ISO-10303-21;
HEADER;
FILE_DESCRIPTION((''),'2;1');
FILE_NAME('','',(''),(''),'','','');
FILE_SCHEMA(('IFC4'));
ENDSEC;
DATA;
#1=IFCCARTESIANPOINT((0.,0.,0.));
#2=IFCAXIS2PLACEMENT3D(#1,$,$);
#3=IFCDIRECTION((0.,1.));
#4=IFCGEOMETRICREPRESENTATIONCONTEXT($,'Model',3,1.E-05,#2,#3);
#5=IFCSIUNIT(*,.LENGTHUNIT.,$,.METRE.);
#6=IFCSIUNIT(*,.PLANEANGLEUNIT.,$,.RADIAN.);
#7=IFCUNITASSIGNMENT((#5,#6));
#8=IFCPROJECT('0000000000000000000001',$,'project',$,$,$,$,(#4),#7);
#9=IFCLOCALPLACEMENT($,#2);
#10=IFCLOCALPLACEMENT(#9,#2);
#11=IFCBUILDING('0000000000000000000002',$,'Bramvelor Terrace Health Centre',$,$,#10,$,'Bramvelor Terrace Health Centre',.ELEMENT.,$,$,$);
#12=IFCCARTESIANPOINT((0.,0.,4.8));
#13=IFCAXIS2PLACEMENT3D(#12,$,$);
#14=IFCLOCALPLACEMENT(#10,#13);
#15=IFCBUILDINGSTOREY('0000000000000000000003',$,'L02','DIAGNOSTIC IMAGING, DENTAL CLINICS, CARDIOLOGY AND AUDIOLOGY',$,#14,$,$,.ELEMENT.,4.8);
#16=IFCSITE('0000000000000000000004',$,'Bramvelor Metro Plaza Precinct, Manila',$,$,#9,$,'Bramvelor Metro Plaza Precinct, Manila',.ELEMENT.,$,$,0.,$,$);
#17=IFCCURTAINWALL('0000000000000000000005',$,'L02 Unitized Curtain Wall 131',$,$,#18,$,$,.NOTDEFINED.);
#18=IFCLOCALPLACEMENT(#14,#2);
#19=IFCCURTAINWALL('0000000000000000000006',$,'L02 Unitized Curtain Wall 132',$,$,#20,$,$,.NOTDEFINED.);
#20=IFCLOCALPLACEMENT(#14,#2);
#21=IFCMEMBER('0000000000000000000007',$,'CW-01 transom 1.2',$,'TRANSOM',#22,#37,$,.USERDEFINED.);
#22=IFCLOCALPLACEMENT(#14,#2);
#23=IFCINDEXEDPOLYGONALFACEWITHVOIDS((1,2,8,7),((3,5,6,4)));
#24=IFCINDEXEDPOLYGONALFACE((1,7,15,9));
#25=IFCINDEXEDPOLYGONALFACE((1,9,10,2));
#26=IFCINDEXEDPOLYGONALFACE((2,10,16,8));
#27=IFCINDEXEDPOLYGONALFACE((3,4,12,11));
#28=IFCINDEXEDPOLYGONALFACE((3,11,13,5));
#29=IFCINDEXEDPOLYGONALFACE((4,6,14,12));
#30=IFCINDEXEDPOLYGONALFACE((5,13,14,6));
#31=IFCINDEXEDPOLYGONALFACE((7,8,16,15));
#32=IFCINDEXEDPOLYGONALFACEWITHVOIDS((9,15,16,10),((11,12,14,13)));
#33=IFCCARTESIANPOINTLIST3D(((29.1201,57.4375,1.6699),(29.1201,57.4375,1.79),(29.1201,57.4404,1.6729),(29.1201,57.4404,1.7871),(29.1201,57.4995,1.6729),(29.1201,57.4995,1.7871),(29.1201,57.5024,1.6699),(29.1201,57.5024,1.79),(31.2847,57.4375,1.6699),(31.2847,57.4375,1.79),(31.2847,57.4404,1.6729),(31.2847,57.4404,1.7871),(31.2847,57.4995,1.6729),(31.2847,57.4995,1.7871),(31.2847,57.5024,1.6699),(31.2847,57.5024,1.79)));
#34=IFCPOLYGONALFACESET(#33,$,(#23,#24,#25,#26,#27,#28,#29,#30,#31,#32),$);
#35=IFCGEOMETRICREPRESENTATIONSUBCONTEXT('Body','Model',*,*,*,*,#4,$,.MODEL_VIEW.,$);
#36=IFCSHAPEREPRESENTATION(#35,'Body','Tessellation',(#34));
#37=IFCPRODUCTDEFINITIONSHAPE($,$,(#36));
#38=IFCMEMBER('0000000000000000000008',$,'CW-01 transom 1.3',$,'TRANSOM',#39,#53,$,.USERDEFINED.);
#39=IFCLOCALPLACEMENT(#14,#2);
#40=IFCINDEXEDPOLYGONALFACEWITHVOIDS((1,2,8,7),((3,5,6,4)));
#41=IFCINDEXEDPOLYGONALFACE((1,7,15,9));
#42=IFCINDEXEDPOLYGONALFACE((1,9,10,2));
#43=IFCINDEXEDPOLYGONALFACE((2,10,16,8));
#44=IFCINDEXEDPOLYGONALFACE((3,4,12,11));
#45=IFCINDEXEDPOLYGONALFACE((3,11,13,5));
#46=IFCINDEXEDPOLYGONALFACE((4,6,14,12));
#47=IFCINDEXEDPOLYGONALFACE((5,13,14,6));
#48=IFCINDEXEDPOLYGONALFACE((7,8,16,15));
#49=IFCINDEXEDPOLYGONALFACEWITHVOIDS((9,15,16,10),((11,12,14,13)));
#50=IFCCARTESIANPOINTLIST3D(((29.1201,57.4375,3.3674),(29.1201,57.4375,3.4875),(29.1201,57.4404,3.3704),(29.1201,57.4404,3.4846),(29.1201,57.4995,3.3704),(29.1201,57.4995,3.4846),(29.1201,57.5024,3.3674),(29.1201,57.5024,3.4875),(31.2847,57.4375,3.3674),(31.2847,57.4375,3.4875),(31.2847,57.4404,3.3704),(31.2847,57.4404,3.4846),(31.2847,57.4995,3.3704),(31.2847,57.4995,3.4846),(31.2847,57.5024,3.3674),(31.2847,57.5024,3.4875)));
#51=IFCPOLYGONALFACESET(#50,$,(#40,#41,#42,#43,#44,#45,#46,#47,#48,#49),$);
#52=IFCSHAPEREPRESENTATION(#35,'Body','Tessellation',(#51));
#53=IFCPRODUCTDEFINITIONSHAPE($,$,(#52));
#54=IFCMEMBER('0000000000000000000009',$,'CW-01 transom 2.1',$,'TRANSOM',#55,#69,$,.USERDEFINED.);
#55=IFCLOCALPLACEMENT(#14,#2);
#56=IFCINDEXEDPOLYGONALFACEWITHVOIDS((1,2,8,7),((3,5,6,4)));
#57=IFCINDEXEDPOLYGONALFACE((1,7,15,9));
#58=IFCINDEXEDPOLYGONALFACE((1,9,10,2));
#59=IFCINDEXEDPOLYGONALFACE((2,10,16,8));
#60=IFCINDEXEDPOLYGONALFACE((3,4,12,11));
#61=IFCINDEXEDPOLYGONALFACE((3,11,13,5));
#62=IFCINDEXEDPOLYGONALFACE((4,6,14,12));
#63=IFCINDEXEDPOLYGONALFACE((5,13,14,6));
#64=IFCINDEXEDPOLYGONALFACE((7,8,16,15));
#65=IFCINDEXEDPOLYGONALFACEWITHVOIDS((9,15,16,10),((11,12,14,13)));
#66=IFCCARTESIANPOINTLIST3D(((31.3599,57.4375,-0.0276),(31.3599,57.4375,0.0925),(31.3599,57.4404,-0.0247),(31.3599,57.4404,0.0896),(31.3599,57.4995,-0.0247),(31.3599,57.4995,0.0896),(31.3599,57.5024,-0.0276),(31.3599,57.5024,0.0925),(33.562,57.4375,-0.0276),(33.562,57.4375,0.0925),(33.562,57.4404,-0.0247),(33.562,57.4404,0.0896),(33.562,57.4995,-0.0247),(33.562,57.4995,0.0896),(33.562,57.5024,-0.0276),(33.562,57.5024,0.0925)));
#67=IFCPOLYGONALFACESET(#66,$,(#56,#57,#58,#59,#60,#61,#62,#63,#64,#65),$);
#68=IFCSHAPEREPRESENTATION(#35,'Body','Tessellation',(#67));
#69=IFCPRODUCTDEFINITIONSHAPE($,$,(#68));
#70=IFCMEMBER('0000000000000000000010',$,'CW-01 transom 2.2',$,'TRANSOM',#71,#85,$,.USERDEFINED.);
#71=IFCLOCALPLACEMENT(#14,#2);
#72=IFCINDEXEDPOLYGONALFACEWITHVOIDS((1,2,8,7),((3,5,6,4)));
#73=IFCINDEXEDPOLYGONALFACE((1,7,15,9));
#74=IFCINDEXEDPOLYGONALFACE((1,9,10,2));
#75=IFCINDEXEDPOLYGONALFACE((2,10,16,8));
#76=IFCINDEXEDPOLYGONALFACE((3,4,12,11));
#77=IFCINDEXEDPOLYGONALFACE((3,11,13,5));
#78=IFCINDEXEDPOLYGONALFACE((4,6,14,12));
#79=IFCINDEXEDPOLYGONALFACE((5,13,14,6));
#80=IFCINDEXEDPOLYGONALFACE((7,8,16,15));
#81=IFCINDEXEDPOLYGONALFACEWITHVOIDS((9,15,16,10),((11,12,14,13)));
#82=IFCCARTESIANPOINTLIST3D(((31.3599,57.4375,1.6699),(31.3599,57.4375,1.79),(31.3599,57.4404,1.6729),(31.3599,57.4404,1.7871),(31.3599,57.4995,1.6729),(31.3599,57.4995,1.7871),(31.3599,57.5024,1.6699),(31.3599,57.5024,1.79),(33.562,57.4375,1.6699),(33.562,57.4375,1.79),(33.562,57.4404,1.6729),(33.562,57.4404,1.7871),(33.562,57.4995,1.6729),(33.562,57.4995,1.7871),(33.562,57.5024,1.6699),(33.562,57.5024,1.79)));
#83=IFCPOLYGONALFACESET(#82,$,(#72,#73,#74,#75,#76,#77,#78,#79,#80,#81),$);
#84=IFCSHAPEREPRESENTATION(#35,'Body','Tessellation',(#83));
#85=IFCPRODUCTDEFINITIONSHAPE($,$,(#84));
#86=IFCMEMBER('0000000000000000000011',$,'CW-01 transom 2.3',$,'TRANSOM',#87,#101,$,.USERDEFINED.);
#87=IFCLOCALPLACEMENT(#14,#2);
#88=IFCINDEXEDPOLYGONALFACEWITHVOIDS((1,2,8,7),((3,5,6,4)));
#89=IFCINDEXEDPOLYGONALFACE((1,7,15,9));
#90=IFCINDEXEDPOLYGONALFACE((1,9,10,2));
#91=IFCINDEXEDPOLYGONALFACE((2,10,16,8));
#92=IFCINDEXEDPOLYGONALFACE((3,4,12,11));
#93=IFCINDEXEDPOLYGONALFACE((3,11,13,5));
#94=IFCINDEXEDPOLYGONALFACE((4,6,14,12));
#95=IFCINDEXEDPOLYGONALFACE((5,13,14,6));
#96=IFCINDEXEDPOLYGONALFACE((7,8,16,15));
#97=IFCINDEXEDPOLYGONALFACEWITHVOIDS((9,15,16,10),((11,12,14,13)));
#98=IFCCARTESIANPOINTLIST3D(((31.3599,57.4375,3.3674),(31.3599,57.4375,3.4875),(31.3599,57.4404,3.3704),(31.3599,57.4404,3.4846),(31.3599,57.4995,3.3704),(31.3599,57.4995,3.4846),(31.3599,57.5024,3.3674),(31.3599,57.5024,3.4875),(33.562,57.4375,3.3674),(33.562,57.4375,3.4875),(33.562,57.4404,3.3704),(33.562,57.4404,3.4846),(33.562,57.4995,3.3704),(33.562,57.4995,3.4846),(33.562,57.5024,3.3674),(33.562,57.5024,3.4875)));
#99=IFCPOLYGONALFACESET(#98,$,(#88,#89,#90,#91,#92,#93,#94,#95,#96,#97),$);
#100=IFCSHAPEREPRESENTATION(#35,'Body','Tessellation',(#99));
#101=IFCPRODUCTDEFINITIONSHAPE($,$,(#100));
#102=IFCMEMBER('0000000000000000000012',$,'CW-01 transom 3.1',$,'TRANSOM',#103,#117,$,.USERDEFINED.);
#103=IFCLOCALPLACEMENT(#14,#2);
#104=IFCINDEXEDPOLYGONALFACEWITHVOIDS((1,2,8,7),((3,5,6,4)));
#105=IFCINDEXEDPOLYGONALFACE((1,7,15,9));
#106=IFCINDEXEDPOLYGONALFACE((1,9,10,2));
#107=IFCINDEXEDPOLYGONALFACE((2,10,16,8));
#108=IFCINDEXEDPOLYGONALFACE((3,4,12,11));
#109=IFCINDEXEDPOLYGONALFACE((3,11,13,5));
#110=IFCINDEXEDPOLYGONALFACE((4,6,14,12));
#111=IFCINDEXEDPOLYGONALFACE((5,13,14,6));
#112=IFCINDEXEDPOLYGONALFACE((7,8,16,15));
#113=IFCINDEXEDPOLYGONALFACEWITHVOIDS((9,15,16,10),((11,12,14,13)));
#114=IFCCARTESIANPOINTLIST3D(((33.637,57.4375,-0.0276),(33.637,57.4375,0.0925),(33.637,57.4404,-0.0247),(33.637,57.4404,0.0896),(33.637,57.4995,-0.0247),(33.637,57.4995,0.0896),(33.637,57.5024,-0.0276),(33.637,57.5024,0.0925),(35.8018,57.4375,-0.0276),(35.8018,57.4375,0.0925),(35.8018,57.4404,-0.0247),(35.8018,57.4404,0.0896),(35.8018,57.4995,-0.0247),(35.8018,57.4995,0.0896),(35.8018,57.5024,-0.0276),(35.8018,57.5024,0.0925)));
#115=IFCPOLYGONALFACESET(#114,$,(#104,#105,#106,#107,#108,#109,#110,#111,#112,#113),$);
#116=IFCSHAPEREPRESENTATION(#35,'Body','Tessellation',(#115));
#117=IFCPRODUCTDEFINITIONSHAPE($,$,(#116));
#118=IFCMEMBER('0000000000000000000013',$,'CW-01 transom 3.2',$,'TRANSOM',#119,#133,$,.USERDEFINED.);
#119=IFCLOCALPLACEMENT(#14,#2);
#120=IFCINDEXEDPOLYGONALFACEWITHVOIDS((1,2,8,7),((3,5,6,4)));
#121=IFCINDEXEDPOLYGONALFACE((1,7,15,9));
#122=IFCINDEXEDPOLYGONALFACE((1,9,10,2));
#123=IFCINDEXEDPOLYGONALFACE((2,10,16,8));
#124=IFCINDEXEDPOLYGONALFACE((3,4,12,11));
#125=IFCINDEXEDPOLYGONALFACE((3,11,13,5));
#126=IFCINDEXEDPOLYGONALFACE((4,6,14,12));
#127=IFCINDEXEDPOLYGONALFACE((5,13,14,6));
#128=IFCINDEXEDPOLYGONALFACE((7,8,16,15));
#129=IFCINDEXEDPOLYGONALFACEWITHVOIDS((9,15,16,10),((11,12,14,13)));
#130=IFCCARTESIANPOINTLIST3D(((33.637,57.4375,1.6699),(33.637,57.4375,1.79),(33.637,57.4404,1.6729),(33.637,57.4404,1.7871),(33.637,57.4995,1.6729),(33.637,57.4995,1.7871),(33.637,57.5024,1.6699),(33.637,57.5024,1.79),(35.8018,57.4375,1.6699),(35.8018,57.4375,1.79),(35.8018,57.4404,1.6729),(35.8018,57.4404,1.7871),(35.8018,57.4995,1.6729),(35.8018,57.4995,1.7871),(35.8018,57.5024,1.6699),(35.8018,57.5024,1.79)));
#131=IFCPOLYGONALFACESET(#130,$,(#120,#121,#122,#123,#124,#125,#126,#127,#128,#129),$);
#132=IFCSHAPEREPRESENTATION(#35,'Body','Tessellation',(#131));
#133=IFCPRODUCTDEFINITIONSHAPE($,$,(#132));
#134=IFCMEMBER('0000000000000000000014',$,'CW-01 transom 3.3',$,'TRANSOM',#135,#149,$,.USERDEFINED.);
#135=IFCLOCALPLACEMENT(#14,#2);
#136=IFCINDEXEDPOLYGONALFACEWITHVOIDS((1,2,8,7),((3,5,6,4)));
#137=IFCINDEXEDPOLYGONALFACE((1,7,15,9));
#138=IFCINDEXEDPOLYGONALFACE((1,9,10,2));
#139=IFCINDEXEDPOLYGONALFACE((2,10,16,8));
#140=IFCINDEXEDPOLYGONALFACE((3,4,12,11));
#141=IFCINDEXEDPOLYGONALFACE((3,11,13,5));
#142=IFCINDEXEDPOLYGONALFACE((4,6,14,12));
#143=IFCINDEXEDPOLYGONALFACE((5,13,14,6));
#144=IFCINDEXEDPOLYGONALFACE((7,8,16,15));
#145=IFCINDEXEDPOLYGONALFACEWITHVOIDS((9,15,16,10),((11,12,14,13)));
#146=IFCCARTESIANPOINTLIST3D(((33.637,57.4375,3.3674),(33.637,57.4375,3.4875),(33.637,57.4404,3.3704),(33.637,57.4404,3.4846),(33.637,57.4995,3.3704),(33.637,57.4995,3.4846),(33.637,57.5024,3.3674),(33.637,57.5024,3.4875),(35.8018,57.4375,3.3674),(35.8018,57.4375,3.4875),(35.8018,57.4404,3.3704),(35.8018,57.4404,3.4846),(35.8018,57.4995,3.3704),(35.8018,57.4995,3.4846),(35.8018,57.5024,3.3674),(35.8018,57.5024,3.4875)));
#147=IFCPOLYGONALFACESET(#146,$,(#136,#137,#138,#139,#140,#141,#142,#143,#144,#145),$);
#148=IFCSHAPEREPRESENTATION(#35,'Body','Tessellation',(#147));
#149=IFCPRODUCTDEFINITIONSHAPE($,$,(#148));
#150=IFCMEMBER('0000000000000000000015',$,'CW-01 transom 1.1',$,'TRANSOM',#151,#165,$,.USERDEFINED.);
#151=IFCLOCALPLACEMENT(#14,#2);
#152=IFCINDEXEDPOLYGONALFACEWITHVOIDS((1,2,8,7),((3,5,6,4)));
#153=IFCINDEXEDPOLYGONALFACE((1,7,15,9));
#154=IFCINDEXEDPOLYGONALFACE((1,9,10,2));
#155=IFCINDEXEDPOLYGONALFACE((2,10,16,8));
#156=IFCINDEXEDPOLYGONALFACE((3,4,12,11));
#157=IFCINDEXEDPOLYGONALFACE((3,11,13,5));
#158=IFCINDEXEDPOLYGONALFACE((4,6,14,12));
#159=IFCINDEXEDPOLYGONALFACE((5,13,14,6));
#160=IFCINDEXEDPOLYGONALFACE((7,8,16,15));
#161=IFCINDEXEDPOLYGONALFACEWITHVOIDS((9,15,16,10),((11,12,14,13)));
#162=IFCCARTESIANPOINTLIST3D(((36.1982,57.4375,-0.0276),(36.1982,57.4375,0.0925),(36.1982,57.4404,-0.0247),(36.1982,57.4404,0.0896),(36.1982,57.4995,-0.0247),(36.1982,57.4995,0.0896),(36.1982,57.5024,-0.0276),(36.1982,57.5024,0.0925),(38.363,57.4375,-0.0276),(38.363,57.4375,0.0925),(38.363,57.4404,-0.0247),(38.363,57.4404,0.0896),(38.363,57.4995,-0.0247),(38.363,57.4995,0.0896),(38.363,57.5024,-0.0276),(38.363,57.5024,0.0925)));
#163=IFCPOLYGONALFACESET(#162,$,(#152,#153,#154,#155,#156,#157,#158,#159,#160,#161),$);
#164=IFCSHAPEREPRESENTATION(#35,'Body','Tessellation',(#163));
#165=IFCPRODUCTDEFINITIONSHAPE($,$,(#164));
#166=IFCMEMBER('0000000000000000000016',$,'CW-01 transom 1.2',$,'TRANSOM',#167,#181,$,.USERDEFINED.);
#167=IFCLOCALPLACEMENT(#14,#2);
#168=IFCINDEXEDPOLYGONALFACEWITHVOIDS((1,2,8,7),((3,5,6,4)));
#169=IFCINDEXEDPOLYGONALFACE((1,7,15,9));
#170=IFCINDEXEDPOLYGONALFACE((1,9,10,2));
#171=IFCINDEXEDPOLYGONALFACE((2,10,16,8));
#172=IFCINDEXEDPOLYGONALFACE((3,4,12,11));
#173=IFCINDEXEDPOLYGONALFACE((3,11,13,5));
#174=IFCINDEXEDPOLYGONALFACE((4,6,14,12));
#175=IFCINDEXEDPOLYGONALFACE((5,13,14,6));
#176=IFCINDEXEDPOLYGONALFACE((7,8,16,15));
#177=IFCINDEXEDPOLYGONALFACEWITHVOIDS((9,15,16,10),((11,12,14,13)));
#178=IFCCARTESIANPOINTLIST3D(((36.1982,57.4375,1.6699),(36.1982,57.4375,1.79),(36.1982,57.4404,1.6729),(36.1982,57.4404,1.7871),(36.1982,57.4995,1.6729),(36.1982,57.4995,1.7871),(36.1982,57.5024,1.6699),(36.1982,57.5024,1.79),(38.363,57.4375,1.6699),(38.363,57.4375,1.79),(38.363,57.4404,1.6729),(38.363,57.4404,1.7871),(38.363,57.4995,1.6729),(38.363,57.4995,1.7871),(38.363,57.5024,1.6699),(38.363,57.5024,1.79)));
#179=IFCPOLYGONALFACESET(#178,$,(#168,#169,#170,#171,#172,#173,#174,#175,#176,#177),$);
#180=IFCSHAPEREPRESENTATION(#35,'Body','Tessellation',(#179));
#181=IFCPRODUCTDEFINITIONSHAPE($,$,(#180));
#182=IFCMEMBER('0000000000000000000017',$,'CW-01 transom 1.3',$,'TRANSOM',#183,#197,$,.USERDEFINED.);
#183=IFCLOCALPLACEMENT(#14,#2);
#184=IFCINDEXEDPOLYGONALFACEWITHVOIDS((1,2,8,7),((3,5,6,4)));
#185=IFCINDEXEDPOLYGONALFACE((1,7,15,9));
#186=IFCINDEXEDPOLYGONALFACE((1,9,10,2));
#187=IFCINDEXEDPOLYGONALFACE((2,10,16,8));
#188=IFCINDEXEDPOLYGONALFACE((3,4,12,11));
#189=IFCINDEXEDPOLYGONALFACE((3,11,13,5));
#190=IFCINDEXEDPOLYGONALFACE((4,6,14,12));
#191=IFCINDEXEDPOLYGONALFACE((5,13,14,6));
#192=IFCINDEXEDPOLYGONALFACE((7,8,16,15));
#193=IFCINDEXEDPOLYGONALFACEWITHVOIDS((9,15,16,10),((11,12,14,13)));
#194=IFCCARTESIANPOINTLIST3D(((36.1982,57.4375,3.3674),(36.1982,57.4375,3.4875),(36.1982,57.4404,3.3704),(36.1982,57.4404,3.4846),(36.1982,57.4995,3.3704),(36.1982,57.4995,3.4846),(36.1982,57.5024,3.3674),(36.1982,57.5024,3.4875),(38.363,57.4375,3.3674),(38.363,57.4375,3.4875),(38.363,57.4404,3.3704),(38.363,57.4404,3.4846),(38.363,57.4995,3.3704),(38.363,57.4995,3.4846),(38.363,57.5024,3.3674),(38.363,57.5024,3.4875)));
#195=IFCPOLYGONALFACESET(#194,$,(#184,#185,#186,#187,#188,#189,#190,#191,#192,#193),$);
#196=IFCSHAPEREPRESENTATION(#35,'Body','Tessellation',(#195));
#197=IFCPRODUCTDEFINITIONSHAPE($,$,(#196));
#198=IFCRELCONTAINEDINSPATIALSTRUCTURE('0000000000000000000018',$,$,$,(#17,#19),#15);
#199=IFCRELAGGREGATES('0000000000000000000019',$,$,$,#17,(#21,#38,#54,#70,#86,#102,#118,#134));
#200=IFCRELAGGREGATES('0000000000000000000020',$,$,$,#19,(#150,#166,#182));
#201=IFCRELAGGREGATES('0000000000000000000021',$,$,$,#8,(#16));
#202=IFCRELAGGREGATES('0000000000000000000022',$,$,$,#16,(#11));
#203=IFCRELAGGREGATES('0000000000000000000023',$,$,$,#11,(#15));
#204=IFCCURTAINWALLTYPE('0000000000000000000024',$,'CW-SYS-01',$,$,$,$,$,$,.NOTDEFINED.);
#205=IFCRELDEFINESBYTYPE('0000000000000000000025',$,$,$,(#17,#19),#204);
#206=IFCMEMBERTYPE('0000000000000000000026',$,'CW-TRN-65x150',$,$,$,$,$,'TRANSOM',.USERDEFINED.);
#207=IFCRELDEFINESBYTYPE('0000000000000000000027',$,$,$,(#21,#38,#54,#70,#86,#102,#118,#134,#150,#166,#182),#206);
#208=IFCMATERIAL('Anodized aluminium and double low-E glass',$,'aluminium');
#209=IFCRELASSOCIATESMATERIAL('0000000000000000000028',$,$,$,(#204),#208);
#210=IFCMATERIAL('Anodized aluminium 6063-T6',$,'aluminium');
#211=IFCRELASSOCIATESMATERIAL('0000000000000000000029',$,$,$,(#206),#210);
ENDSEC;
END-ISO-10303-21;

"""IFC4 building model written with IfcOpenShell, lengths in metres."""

from ifc_helpers import new_model, si_unit, direction, frame, origin, origin_2d, place, context, subcontext, project, spatial, hollow_rectangle, extrude, material, material_profile, profile_set, type_object, element, aggregate, save


model = new_model("IFC4")

# Units and contexts
model_context = context("Model", 3, precision=1e-05, world=origin(), true_north=direction((0.0, 1.0)))
body_context = subcontext(model_context, "Body", "Model", "MODEL_VIEW")
ifc_project = project(units=[si_unit("LENGTHUNIT", "METRE"), si_unit("PLANEANGLEUNIT", "RADIAN")], contexts=[model_context])

# Site, building, storey
site_placement = place(None, origin())
site = spatial("IfcSite", under=ifc_project, at=site_placement, Name="Bramvelor Metro Plaza Precinct, Manila", LongName="Bramvelor Metro Plaza Precinct, Manila", CompositionType="ELEMENT", RefElevation=0.0)
building_placement = place(site_placement, origin())
building = spatial("IfcBuilding", under=site, at=building_placement, Name="Bramvelor Terrace Health Centre", LongName="Bramvelor Terrace Health Centre", CompositionType="ELEMENT")
storey_placement = place(building_placement, frame((0.0, 0.0, 4.8)))
storey = spatial("IfcBuildingStorey", under=building, at=storey_placement, Name="L02", Description="DIAGNOSTIC IMAGING, DENTAL CLINICS, CARDIOLOGY AND AUDIOLOGY", CompositionType="ELEMENT", Elevation=4.8)

# Curtain walls
ifc_material_1 = material(Name="Anodized aluminium and double low-E glass", Category="aluminium")
curtain_wall_type = type_object("IfcCurtainWallType", Name="CW-SYS-01", PredefinedType="NOTDEFINED", material=ifc_material_1)
curtain_wall_1_placement = place(storey_placement, origin())
curtain_wall_1 = element("IfcCurtainWall", 1, at=curtain_wall_1_placement, inside=storey, type_object=curtain_wall_type, Name="L02 Unitized Curtain Wall 131", PredefinedType="NOTDEFINED")
curtain_wall_2_placement = place(storey_placement, origin())
curtain_wall_2 = element("IfcCurtainWall", 2, at=curtain_wall_2_placement, inside=storey, type_object=curtain_wall_type, Name="L02 Unitized Curtain Wall 132", PredefinedType="NOTDEFINED")

# Members
ifc_material_2 = material(Name="Anodized aluminium 6063-T6", Category="aluminium")
ifc_material_profile_1 = material_profile(ifc_material_2, hollow_rectangle(XDim=0.0649, YDim=0.1201, WallThickness=0.0029, at=origin_2d()), Name="ALU-TRN 65x120x3.0")
ifc_profile_set_1 = profile_set([ifc_material_profile_1], Name="Anodized aluminium 6063-T6")
member_type_1 = type_object("IfcMemberType", Name="CW-TRN-65x150", ElementType="TRANSOM", PredefinedType="USERDEFINED", material=ifc_profile_set_1)
member_1_placement = place(storey_placement, frame((29.1201, 57.47, 1.73), z_axis=(1.0, 0.0, 0.0), x_axis=(0.0, 1.0, 0.0)))
member_1 = element("IfcMember", 3, at=member_1_placement, type_object=member_type_1, Name="CW-01 transom 1.2", ObjectType="TRANSOM", PredefinedType="USERDEFINED", context=body_context, shape_type="SweptSolid", body=[
    extrude(hollow_rectangle(XDim=0.0649, YDim=0.1201, WallThickness=0.0029, at=origin_2d()), origin(), (0.0, 0.0, 1.0), 2.1646),
])
member_2_placement = place(storey_placement, frame((29.1201, 57.47, 3.4275), z_axis=(1.0, 0.0, 0.0), x_axis=(0.0, 1.0, 0.0)))
member_2 = element("IfcMember", 4, at=member_2_placement, type_object=member_type_1, Name="CW-01 transom 1.3", ObjectType="TRANSOM", PredefinedType="USERDEFINED", context=body_context, shape_type="SweptSolid", body=[
    extrude(hollow_rectangle(XDim=0.0649, YDim=0.1201, WallThickness=0.0029, at=origin_2d()), origin(), (0.0, 0.0, 1.0), 2.1646),
])
member_3_placement = place(storey_placement, frame((31.3599, 57.47, 0.0325), z_axis=(1.0, 0.0, 0.0), x_axis=(0.0, 1.0, 0.0)))
member_3 = element("IfcMember", 5, at=member_3_placement, type_object=member_type_1, Name="CW-01 transom 2.1", ObjectType="TRANSOM", PredefinedType="USERDEFINED", context=body_context, shape_type="SweptSolid", body=[
    extrude(hollow_rectangle(XDim=0.0649, YDim=0.1201, WallThickness=0.0029, at=origin_2d()), origin(), (0.0, 0.0, 1.0), 2.2021),
])
member_4_placement = place(storey_placement, frame((31.3599, 57.47, 1.73), z_axis=(1.0, 0.0, 0.0), x_axis=(0.0, 1.0, 0.0)))
member_4 = element("IfcMember", 6, at=member_4_placement, type_object=member_type_1, Name="CW-01 transom 2.2", ObjectType="TRANSOM", PredefinedType="USERDEFINED", context=body_context, shape_type="SweptSolid", body=[
    extrude(hollow_rectangle(XDim=0.0649, YDim=0.1201, WallThickness=0.0029, at=origin_2d()), origin(), (0.0, 0.0, 1.0), 2.2021),
])
member_5_placement = place(storey_placement, frame((31.3599, 57.47, 3.4275), z_axis=(1.0, 0.0, 0.0), x_axis=(0.0, 1.0, 0.0)))
member_5 = element("IfcMember", 7, at=member_5_placement, type_object=member_type_1, Name="CW-01 transom 2.3", ObjectType="TRANSOM", PredefinedType="USERDEFINED", context=body_context, shape_type="SweptSolid", body=[
    extrude(hollow_rectangle(XDim=0.0649, YDim=0.1201, WallThickness=0.0029, at=origin_2d()), origin(), (0.0, 0.0, 1.0), 2.2021),
])
member_6_placement = place(storey_placement, frame((33.637, 57.47, 0.0325), z_axis=(1.0, 0.0, 0.0), x_axis=(0.0, 1.0, 0.0)))
member_6 = element("IfcMember", 8, at=member_6_placement, type_object=member_type_1, Name="CW-01 transom 3.1", ObjectType="TRANSOM", PredefinedType="USERDEFINED", context=body_context, shape_type="SweptSolid", body=[
    extrude(hollow_rectangle(XDim=0.0649, YDim=0.1201, WallThickness=0.0029, at=origin_2d()), origin(), (0.0, 0.0, 1.0), 2.1648),
])
member_7_placement = place(storey_placement, frame((33.637, 57.47, 1.73), z_axis=(1.0, 0.0, 0.0), x_axis=(0.0, 1.0, 0.0)))
member_7 = element("IfcMember", 9, at=member_7_placement, type_object=member_type_1, Name="CW-01 transom 3.2", ObjectType="TRANSOM", PredefinedType="USERDEFINED", context=body_context, shape_type="SweptSolid", body=[
    extrude(hollow_rectangle(XDim=0.0649, YDim=0.1201, WallThickness=0.0029, at=origin_2d()), origin(), (0.0, 0.0, 1.0), 2.1648),
])
member_8_placement = place(storey_placement, frame((33.637, 57.47, 3.4275), z_axis=(1.0, 0.0, 0.0), x_axis=(0.0, 1.0, 0.0)))
member_8 = element("IfcMember", 10, at=member_8_placement, type_object=member_type_1, Name="CW-01 transom 3.3", ObjectType="TRANSOM", PredefinedType="USERDEFINED", context=body_context, shape_type="SweptSolid", body=[
    extrude(hollow_rectangle(XDim=0.0649, YDim=0.1201, WallThickness=0.0029, at=origin_2d()), origin(), (0.0, 0.0, 1.0), 2.1648),
])
member_9_placement = place(storey_placement, frame((36.1982, 57.47, 0.0325), z_axis=(1.0, 0.0, 0.0), x_axis=(0.0, 1.0, 0.0)))
member_9 = element("IfcMember", 11, at=member_9_placement, type_object=member_type_1, Name="CW-01 transom 1.1", ObjectType="TRANSOM", PredefinedType="USERDEFINED", context=body_context, shape_type="SweptSolid", body=[
    extrude(hollow_rectangle(XDim=0.0649, YDim=0.1201, WallThickness=0.0029, at=origin_2d()), origin(), (0.0, 0.0, 1.0), 2.1648),
])
member_10_placement = place(storey_placement, frame((36.1982, 57.47, 1.73), z_axis=(1.0, 0.0, 0.0), x_axis=(0.0, 1.0, 0.0)))
member_10 = element("IfcMember", 12, at=member_10_placement, type_object=member_type_1, Name="CW-01 transom 1.2", ObjectType="TRANSOM", PredefinedType="USERDEFINED", context=body_context, shape_type="SweptSolid", body=[
    extrude(hollow_rectangle(XDim=0.0649, YDim=0.1201, WallThickness=0.0029, at=origin_2d()), origin(), (0.0, 0.0, 1.0), 2.1648),
])
member_11_placement = place(storey_placement, frame((36.1982, 57.47, 3.4275), z_axis=(1.0, 0.0, 0.0), x_axis=(0.0, 1.0, 0.0)))
member_11 = element("IfcMember", 13, at=member_11_placement, type_object=member_type_1, Name="CW-01 transom 1.3", ObjectType="TRANSOM", PredefinedType="USERDEFINED", context=body_context, shape_type="SweptSolid", body=[
    extrude(hollow_rectangle(XDim=0.0649, YDim=0.1201, WallThickness=0.0029, at=origin_2d()), origin(), (0.0, 0.0, 1.0), 2.1648),
])

aggregate(curtain_wall_1, [member_1, member_2, member_3, member_4, member_5, member_6, member_7, member_8])
aggregate(curtain_wall_2, [member_9, member_10, member_11])

save(model, "model.ifc")
